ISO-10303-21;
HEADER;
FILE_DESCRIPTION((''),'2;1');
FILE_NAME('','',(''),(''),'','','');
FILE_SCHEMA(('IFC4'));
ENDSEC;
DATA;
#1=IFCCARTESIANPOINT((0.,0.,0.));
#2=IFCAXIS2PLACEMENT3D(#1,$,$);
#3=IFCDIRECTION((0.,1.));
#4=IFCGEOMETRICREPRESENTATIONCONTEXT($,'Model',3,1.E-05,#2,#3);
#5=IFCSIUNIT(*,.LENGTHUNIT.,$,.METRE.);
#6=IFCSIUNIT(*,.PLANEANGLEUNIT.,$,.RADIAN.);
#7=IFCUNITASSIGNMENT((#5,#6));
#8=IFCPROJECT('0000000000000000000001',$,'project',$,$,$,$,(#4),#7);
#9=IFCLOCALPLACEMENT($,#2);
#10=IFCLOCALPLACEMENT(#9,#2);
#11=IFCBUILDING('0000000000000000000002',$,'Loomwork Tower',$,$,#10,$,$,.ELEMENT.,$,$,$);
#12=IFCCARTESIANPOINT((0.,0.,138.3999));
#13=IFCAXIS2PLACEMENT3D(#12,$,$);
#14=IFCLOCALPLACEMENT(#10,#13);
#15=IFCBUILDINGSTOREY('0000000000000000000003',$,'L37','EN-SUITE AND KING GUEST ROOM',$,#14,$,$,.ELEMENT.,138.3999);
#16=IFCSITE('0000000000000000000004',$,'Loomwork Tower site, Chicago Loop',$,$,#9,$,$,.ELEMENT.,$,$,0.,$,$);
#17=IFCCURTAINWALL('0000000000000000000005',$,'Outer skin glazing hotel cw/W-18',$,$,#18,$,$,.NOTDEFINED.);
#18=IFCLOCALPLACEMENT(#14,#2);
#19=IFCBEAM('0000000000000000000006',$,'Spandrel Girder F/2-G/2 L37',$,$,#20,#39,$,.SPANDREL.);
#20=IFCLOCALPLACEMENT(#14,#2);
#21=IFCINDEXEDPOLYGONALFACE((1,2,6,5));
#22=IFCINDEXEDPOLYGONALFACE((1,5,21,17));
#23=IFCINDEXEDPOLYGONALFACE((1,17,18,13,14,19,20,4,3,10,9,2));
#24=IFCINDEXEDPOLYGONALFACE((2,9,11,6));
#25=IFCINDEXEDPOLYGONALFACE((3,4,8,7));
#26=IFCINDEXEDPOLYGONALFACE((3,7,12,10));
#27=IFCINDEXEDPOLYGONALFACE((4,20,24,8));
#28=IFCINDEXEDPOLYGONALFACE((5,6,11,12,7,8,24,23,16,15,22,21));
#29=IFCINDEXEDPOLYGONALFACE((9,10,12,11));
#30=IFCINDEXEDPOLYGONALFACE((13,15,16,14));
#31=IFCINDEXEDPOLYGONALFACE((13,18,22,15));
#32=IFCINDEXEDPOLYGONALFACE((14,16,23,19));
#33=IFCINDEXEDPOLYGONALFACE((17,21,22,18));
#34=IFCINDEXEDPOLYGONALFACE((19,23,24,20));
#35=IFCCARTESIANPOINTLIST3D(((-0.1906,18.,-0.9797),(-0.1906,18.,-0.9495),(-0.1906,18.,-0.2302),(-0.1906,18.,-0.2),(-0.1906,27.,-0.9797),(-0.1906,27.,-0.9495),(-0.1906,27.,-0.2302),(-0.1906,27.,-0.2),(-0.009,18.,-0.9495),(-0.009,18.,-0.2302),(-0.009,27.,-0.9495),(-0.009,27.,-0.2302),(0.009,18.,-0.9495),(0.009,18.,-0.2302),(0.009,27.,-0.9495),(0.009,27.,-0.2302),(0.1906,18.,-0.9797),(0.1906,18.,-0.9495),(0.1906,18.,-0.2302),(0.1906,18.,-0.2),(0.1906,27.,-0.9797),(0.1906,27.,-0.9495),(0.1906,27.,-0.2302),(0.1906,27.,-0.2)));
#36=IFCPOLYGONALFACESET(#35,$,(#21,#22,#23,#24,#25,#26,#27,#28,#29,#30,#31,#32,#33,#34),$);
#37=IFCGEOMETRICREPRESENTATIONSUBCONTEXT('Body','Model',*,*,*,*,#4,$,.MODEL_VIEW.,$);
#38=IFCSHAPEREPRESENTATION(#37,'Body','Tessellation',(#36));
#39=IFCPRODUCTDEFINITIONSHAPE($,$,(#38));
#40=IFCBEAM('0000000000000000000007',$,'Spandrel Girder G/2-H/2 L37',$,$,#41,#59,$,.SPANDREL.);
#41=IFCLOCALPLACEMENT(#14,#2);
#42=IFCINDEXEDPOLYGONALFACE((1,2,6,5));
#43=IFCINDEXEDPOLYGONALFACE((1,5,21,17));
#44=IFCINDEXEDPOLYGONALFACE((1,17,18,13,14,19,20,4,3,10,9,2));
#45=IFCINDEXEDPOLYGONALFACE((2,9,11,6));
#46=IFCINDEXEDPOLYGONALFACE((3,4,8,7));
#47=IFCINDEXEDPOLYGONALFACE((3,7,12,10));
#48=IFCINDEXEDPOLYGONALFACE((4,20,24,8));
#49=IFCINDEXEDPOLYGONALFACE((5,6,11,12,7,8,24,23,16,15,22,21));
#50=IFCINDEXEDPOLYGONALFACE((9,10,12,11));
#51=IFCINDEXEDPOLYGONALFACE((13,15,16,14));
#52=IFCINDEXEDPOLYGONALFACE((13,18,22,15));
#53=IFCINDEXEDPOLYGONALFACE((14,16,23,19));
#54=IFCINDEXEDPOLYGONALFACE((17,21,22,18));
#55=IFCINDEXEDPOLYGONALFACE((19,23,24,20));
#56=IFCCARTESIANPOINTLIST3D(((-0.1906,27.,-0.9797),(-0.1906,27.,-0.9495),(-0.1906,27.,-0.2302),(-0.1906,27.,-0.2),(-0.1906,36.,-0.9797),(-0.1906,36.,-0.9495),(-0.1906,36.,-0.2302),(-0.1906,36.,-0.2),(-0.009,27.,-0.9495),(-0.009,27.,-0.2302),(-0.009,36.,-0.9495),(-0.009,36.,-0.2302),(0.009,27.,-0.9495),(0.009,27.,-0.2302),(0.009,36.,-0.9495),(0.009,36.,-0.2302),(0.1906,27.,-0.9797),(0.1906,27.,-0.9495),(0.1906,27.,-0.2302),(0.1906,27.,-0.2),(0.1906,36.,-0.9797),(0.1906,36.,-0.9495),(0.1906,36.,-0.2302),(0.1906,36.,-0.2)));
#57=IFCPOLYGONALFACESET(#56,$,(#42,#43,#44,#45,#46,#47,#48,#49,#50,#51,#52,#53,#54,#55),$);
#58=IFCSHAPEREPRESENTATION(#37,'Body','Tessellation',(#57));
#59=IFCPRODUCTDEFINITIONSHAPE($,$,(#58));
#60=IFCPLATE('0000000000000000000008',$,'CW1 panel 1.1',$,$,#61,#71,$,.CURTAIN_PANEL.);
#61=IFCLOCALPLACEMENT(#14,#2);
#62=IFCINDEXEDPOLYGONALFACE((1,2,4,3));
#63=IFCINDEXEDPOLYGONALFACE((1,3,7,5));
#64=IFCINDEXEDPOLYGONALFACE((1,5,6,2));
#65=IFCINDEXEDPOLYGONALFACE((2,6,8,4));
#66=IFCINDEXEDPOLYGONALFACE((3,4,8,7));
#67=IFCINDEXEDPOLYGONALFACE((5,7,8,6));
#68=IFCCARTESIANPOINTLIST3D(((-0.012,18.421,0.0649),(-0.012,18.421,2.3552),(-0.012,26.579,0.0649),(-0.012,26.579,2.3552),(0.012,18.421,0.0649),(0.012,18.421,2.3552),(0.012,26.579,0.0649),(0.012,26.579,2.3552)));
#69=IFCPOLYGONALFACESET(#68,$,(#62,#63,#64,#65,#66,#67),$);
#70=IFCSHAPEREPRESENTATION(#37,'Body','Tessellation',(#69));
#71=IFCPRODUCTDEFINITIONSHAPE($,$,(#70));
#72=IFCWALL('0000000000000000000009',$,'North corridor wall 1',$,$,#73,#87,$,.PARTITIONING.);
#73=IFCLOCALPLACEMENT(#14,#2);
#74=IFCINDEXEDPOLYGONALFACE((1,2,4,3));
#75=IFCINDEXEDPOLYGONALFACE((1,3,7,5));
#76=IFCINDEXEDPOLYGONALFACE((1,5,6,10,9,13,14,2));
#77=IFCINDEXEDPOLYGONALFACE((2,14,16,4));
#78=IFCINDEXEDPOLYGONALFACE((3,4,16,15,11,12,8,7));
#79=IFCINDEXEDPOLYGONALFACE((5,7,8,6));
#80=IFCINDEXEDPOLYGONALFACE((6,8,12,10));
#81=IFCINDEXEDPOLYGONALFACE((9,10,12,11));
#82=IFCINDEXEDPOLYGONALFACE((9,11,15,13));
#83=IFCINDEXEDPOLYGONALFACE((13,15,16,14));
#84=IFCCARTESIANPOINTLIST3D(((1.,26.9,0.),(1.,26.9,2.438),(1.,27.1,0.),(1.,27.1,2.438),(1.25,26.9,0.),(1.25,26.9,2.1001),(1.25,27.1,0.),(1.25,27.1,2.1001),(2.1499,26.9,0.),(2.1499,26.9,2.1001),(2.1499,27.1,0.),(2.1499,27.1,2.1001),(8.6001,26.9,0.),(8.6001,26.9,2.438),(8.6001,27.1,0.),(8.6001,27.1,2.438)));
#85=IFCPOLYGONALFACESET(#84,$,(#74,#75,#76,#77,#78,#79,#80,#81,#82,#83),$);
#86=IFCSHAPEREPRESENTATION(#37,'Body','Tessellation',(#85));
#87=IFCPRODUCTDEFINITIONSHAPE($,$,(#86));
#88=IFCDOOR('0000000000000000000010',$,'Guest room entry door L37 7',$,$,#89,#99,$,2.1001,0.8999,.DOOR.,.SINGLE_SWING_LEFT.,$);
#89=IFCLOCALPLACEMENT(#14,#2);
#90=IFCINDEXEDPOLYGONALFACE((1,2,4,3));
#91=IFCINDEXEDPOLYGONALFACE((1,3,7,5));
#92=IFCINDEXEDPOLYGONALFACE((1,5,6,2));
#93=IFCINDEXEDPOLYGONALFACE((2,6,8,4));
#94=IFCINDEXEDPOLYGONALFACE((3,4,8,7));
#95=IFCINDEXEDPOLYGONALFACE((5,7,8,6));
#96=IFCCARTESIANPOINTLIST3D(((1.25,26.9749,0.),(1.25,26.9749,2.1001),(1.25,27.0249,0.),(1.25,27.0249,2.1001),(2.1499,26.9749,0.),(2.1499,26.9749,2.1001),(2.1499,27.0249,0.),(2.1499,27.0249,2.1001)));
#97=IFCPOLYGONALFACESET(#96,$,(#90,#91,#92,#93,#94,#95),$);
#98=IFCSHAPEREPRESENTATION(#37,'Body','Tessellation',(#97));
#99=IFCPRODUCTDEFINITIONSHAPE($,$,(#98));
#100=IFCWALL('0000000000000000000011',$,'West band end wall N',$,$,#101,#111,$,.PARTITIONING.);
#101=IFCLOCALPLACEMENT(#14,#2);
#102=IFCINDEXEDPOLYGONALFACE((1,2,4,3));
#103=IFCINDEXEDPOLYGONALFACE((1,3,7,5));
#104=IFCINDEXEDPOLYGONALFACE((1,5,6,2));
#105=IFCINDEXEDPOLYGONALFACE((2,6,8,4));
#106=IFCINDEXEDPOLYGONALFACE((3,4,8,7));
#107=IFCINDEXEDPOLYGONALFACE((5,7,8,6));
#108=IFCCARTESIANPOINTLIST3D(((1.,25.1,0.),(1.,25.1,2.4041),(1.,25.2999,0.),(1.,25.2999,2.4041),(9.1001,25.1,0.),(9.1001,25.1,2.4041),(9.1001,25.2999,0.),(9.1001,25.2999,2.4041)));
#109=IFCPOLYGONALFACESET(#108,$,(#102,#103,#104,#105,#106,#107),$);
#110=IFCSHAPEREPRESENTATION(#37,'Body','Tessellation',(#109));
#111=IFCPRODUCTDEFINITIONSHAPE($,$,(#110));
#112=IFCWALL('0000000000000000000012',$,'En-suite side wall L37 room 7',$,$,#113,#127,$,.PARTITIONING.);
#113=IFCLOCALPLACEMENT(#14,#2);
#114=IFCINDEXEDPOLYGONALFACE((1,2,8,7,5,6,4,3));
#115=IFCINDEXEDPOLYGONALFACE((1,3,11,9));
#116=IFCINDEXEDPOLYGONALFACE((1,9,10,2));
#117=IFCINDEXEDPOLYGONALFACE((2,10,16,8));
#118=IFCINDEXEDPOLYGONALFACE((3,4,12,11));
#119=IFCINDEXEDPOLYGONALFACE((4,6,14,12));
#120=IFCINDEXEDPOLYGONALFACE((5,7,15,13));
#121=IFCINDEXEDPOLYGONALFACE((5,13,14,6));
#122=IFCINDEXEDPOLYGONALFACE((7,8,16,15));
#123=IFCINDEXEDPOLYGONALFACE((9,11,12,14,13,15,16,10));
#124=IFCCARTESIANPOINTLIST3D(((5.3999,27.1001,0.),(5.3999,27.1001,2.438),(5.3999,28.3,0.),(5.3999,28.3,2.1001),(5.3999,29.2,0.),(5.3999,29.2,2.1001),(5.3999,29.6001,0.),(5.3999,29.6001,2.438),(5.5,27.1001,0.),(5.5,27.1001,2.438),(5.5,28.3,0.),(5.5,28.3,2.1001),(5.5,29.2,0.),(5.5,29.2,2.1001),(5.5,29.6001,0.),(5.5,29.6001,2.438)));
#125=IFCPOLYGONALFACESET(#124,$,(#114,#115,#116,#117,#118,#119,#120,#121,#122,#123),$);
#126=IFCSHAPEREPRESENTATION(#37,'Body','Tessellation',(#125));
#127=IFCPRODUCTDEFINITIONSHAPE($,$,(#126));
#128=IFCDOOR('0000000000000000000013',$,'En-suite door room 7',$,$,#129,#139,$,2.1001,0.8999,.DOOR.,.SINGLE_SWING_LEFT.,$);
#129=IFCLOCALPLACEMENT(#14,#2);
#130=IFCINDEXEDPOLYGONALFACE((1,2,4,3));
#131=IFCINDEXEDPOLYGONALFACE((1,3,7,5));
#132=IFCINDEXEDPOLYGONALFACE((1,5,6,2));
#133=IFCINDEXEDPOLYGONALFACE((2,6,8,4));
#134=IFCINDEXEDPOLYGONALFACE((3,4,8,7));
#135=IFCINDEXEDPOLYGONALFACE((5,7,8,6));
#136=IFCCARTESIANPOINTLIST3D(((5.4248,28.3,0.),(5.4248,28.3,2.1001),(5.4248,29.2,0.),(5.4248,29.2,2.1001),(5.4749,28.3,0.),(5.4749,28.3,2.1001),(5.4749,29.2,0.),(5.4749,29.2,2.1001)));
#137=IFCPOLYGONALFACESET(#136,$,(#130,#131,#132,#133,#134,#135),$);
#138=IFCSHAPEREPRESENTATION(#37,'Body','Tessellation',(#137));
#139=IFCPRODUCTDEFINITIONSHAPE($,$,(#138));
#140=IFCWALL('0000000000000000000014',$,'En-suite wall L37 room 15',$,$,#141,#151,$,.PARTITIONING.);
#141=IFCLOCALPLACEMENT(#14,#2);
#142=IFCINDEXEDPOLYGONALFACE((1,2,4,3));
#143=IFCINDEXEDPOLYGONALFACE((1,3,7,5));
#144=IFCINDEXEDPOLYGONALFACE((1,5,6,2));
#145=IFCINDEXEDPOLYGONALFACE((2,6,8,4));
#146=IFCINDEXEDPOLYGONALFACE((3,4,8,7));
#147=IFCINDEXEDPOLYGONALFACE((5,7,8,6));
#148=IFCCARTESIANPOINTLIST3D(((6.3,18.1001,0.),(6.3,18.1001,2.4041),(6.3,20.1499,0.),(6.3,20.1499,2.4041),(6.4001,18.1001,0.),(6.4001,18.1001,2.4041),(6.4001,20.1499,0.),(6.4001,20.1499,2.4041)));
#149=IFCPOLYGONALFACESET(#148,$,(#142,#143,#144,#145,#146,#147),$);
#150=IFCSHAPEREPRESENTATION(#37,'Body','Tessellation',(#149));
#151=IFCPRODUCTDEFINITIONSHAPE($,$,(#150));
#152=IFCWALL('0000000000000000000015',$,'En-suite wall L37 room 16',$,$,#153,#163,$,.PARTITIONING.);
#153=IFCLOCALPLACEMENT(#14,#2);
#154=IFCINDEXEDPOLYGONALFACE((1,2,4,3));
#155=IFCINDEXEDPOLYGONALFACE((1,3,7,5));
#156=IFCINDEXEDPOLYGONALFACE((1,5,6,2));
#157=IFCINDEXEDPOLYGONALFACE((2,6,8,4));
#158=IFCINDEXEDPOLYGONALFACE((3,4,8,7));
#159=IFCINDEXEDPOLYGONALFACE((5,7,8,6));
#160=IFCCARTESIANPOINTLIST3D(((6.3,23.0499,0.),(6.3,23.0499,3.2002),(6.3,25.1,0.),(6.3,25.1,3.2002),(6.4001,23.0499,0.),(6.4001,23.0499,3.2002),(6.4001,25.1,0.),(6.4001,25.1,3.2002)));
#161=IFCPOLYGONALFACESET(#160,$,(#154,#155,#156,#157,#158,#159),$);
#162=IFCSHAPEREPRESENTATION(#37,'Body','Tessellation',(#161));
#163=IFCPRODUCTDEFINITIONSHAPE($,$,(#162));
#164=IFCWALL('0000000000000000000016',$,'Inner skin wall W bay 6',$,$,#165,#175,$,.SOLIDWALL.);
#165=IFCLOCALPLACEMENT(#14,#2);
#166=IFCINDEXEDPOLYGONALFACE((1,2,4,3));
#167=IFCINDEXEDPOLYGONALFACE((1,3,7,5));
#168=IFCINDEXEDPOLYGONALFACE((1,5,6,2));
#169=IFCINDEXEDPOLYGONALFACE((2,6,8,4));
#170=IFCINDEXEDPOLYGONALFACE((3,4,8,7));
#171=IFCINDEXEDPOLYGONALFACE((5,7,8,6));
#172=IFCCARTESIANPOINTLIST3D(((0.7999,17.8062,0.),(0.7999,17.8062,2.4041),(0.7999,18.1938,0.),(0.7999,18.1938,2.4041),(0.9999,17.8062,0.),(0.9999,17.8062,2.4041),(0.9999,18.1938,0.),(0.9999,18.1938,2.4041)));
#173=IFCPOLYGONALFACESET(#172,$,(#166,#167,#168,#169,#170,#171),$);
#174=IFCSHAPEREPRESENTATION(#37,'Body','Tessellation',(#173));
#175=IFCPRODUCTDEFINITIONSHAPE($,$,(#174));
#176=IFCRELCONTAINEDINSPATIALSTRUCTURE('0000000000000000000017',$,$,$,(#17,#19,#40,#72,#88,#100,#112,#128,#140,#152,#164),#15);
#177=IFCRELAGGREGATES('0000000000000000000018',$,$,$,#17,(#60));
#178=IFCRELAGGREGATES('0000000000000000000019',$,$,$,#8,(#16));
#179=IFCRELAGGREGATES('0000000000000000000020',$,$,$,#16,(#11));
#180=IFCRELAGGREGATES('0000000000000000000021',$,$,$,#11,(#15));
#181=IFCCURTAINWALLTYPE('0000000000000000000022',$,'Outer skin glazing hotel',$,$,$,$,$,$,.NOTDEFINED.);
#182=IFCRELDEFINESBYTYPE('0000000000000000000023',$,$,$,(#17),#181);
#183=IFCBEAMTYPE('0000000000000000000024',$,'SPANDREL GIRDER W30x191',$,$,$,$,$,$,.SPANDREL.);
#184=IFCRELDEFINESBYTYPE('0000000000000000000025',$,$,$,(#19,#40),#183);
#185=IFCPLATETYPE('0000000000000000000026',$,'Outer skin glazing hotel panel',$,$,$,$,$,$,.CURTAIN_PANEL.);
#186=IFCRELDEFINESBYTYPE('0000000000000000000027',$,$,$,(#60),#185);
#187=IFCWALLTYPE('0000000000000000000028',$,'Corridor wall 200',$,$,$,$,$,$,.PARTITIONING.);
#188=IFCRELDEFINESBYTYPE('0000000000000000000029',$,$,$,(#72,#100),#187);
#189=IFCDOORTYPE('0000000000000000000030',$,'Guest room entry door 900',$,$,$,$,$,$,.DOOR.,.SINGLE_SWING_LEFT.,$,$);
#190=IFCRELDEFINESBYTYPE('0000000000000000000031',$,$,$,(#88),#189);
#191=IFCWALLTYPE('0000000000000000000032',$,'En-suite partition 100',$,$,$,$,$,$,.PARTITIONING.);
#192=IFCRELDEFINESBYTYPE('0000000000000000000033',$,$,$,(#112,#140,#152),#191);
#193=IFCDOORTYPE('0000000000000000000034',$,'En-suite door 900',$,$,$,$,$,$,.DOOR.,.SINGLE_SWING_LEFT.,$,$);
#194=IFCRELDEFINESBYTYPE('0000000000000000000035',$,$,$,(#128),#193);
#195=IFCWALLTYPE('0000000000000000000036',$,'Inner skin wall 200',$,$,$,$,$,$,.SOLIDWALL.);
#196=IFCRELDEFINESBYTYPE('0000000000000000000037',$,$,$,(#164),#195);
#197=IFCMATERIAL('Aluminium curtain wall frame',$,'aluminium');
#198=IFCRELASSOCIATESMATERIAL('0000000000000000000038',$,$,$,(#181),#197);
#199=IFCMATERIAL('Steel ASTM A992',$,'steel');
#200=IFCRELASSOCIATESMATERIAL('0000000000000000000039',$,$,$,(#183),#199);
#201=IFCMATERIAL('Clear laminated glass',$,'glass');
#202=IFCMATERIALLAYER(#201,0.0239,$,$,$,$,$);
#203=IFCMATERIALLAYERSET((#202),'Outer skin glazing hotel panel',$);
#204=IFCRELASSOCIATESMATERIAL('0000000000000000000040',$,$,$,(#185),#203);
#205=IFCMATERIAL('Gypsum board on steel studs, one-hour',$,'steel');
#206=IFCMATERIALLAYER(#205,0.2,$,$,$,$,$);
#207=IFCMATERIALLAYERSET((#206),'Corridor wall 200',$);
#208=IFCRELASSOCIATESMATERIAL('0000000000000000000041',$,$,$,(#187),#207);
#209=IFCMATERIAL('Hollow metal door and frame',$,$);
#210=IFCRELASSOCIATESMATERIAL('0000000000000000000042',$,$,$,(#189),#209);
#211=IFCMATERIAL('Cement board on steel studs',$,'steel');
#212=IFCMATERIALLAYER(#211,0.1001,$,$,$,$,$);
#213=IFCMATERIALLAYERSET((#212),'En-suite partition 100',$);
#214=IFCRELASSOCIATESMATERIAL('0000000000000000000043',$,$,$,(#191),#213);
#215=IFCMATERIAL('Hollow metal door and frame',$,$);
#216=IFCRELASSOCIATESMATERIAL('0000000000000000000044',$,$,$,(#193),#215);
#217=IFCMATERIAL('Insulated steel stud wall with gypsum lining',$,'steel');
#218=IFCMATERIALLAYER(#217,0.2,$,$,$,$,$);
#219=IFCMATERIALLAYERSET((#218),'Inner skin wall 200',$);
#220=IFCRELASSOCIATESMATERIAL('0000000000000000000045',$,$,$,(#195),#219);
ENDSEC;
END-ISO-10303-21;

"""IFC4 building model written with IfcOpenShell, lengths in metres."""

from ifc_helpers import new_model, si_unit, direction, frame, frame_2d, origin, origin_2d, place, context, subcontext, project, spatial, rectangle, i_section, extrude, material, layer, layer_set, material_profile, profile_set, type_object, element, fill, aggregate, save


model = new_model("IFC4")

# Units and contexts
model_context = context("Model", 3, precision=1e-05, world=origin(), true_north=direction((0.0, 1.0)))
body_context = subcontext(model_context, "Body", "Model", "MODEL_VIEW")
ifc_project = project(units=[si_unit("LENGTHUNIT", "METRE"), si_unit("PLANEANGLEUNIT", "RADIAN")], contexts=[model_context])

# Site, building, storey
site_placement = place(None, origin())
site = spatial("IfcSite", under=ifc_project, at=site_placement, Name="Loomwork Tower site, Chicago Loop", CompositionType="ELEMENT", RefElevation=0.0)
building_placement = place(site_placement, origin())
building = spatial("IfcBuilding", under=site, at=building_placement, Name="Loomwork Tower", CompositionType="ELEMENT")
storey_placement = place(building_placement, frame((0.0, 0.0, 138.3999)))
storey = spatial("IfcBuildingStorey", under=building, at=storey_placement, Name="L37", Description="EN-SUITE AND KING GUEST ROOM", CompositionType="ELEMENT", Elevation=138.3999)

# Curtain wall
ifc_material_1 = material(Name="Aluminium curtain wall frame", Category="aluminium")
curtain_wall_type = type_object("IfcCurtainWallType", Name="Outer skin glazing hotel", PredefinedType="NOTDEFINED", material=ifc_material_1)
curtain_wall_1_placement = place(storey_placement, origin())
curtain_wall_1 = element("IfcCurtainWall", 1, at=curtain_wall_1_placement, inside=storey, type_object=curtain_wall_type, Name="Outer skin glazing hotel cw/W-18", PredefinedType="NOTDEFINED")

# Beams
ifc_material_2 = material(Name="Steel ASTM A992", Category="steel")
ifc_material_profile_1 = material_profile(ifc_material_2, i_section(OverallWidth=0.3811, OverallDepth=0.7798, WebThickness=0.0181, FlangeThickness=0.0303, at=origin_2d()), Name="W30x191")
ifc_profile_set_1 = profile_set([ifc_material_profile_1], Name="Steel ASTM A992")
beam_type_1 = type_object("IfcBeamType", Name="SPANDREL GIRDER W30x191", PredefinedType="SPANDREL", material=ifc_profile_set_1)
for number, where, z_axis, x_axis, name in (
    (2, (0.0, 18.0, -0.5898), (0.0, 1.0, 0.0), (-1.0, 0.0, 0.0), "Spandrel Girder F/2-G/2 L37"),
    (3, (0.0, 27.0, -0.5898), (0.0, 1.0, 0.0), (-1.0, 0.0, 0.0), "Spandrel Girder G/2-H/2 L37"),
):
    element("IfcBeam", number, at=place(storey_placement, frame(where, z_axis=z_axis, x_axis=x_axis)), inside=storey, type_object=beam_type_1, Name=name, PredefinedType="SPANDREL", context=body_context, shape_type="SweptSolid", body=[
        extrude(i_section(OverallWidth=0.3811, OverallDepth=0.7798, WebThickness=0.0181, FlangeThickness=0.0303, at=origin_2d()), origin(), (0.0, 0.0, 1.0), 9.0),
    ])

# Plate
ifc_material_3 = material(Name="Clear laminated glass", Category="glass")
ifc_layer_1 = layer(ifc_material_3, 0.0239)
ifc_layer_set_1 = layer_set([ifc_layer_1], Name="Outer skin glazing hotel panel")
plate_type = type_object("IfcPlateType", Name="Outer skin glazing hotel panel", PredefinedType="CURTAIN_PANEL", material=ifc_layer_set_1)
plate_placement = place(storey_placement, frame((0.0, 22.5, 0.0649), z_axis=(0.0, 0.0, 1.0), x_axis=(0.0, -1.0, 0.0)))
plate = element("IfcPlate", 4, at=plate_placement, type_object=plate_type, Name="CW1 panel 1.1", PredefinedType="CURTAIN_PANEL", context=body_context, shape_type="SweptSolid", body=[
    extrude(rectangle(XDim=8.158, YDim=0.0239, at=origin_2d()), origin(), (0.0, 0.0, 1.0), 2.2903),
])
aggregate(curtain_wall_1, [plate])

# Wall, opening, door
ifc_material_4 = material(Name="Gypsum board on steel studs, one-hour", Category="steel")
ifc_layer_2 = layer(ifc_material_4, 0.2)
ifc_layer_set_2 = layer_set([ifc_layer_2], Name="Corridor wall 200")
wall_type_1 = type_object("IfcWallType", Name="Corridor wall 200", PredefinedType="PARTITIONING", material=ifc_layer_set_2)
wall_1_placement = place(storey_placement, frame((1.0, 27.0, 0.0), z_axis=(0.0, 0.0, 1.0), x_axis=(1.0, 0.0, 0.0)))
wall_1 = element("IfcWall", 5, at=wall_1_placement, inside=storey, type_object=wall_type_1, Name="North corridor wall 1", PredefinedType="PARTITIONING", context=body_context, shape_type="SweptSolid", body=[
    extrude(rectangle(XDim=7.6001, YDim=0.2, at=frame_2d((3.8, 0.0))), origin(), (0.0, 0.0, 1.0), 2.438),
])
opening_1_placement = place(wall_1_placement, frame((0.25, 0.0, 0.0)))
opening_1 = element("IfcOpeningElement", 6, at=opening_1_placement, cuts=wall_1, PredefinedType="OPENING", context=body_context, shape_type="SweptSolid", body=[
    extrude(rectangle(XDim=0.8999, YDim=2.1001, at=frame_2d((0.45, 1.05))), frame((0.0, 0.1099, 0.0), z_axis=(0.0, -1.0, 0.0), x_axis=(1.0, 0.0, 0.0)), (0.0, 0.0, 1.0), 0.22),
])
ifc_material_5 = material(Name="Hollow metal door and frame")
door_type_1 = type_object("IfcDoorType", Name="Guest room entry door 900", OperationType="SINGLE_SWING_LEFT", PredefinedType="DOOR", material=ifc_material_5)
door_1_placement = place(opening_1_placement, origin())
door_1 = element("IfcDoor", 7, at=door_1_placement, inside=storey, type_object=door_type_1, Name="Guest room entry door L37 7", OperationType="SINGLE_SWING_LEFT", OverallHeight=2.1001, OverallWidth=0.8999, PredefinedType="DOOR", context=body_context, shape_type="SweptSolid", body=[
    extrude(rectangle(XDim=0.8999, YDim=2.1001, at=frame_2d((0.45, 1.05))), frame((0.0, 0.0249, 0.0), z_axis=(0.0, -1.0, 0.0), x_axis=(1.0, 0.0, 0.0)), (0.0, 0.0, 1.0), 0.05),
])
fill(opening_1, door_1)

# Wall
wall_2_placement = place(storey_placement, frame((1.0, 25.2, 0.0), z_axis=(0.0, 0.0, 1.0), x_axis=(1.0, 0.0, 0.0)))
element("IfcWall", 8, at=wall_2_placement, inside=storey, type_object=wall_type_1, Name="West band end wall N", PredefinedType="PARTITIONING", context=body_context, shape_type="SweptSolid", body=[
    extrude(rectangle(XDim=8.1001, YDim=0.2, at=frame_2d((4.05, 0.0))), origin(), (0.0, 0.0, 1.0), 2.4041),
])

# Wall, opening, door
ifc_material_6 = material(Name="Cement board on steel studs", Category="steel")
ifc_layer_3 = layer(ifc_material_6, 0.1001)
ifc_layer_set_3 = layer_set([ifc_layer_3], Name="En-suite partition 100")
wall_type_2 = type_object("IfcWallType", Name="En-suite partition 100", PredefinedType="PARTITIONING", material=ifc_layer_set_3)
wall_3_placement = place(storey_placement, frame((5.45, 27.1001, 0.0), z_axis=(0.0, 0.0, 1.0), x_axis=(0.0, 1.0, 0.0)))
wall_3 = element("IfcWall", 9, at=wall_3_placement, inside=storey, type_object=wall_type_2, Name="En-suite side wall L37 room 7", PredefinedType="PARTITIONING", context=body_context, shape_type="SweptSolid", body=[
    extrude(rectangle(XDim=2.5, YDim=0.1001, at=frame_2d((1.25, 0.0))), origin(), (0.0, 0.0, 1.0), 2.438),
])
opening_2_placement = place(wall_3_placement, frame((1.2, 0.0, 0.0)))
opening_2 = element("IfcOpeningElement", 10, at=opening_2_placement, cuts=wall_3, PredefinedType="OPENING", context=body_context, shape_type="SweptSolid", body=[
    extrude(rectangle(XDim=0.8999, YDim=2.1001, at=frame_2d((0.45, 1.05))), frame((0.0, 0.0601, 0.0), z_axis=(0.0, -1.0, 0.0), x_axis=(1.0, 0.0, 0.0)), (0.0, 0.0, 1.0), 0.1201),
])
ifc_material_7 = material(Name="Hollow metal door and frame")
door_type_2 = type_object("IfcDoorType", Name="En-suite door 900", OperationType="SINGLE_SWING_LEFT", PredefinedType="DOOR", material=ifc_material_7)
door_2_placement = place(opening_2_placement, frame((0.8999, 0.0, 0.0), z_axis=(0.0, 0.0, 1.0), x_axis=(-1.0, 0.0, 0.0)))
door_2 = element("IfcDoor", 11, at=door_2_placement, inside=storey, type_object=door_type_2, Name="En-suite door room 7", OperationType="SINGLE_SWING_LEFT", OverallHeight=2.1001, OverallWidth=0.8999, PredefinedType="DOOR", context=body_context, shape_type="SweptSolid", body=[
    extrude(rectangle(XDim=0.8999, YDim=2.1001, at=frame_2d((0.45, 1.05))), frame((0.0, 0.0249, 0.0), z_axis=(0.0, -1.0, 0.0), x_axis=(1.0, 0.0, 0.0)), (0.0, 0.0, 1.0), 0.05),
])
fill(opening_2, door_2)

# Walls
wall_4_placement = place(storey_placement, frame((6.3501, 18.1001, 0.0), z_axis=(0.0, 0.0, 1.0), x_axis=(0.0, 1.0, 0.0)))
element("IfcWall", 12, at=wall_4_placement, inside=storey, type_object=wall_type_2, Name="En-suite wall L37 room 15", PredefinedType="PARTITIONING", context=body_context, shape_type="SweptSolid", body=[
    extrude(rectangle(XDim=2.0498, YDim=0.1001, at=frame_2d((1.0249, 0.0))), origin(), (0.0, 0.0, 1.0), 2.4041),
])
wall_5_placement = place(storey_placement, frame((6.3501, 23.05, 0.0), z_axis=(0.0, 0.0, 1.0), x_axis=(0.0, 1.0, 0.0)))
element("IfcWall", 13, at=wall_5_placement, inside=storey, type_object=wall_type_2, Name="En-suite wall L37 room 16", PredefinedType="PARTITIONING", context=body_context, shape_type="SweptSolid", body=[
    extrude(rectangle(XDim=2.05, YDim=0.1001, at=frame_2d((1.0249, 0.0))), origin(), (0.0, 0.0, 1.0), 3.2002),
])
ifc_material_8 = material(Name="Insulated steel stud wall with gypsum lining", Category="steel")
ifc_layer_4 = layer(ifc_material_8, 0.2)
ifc_layer_set_4 = layer_set([ifc_layer_4], Name="Inner skin wall 200")
wall_type_3 = type_object("IfcWallType", Name="Inner skin wall 200", PredefinedType="SOLIDWALL", material=ifc_layer_set_4)
wall_6_placement = place(storey_placement, frame((0.8999, 17.8062, 0.0), z_axis=(0.0, 0.0, 1.0), x_axis=(0.0, 1.0, 0.0)))
element("IfcWall", 14, at=wall_6_placement, inside=storey, type_object=wall_type_3, Name="Inner skin wall W bay 6", PredefinedType="SOLIDWALL", context=body_context, shape_type="SweptSolid", body=[
    extrude(rectangle(XDim=0.3877, YDim=0.2, at=frame_2d((0.1938, 0.0))), origin(), (0.0, 0.0, 1.0), 2.4041),
])

save(model, "model.ifc")
